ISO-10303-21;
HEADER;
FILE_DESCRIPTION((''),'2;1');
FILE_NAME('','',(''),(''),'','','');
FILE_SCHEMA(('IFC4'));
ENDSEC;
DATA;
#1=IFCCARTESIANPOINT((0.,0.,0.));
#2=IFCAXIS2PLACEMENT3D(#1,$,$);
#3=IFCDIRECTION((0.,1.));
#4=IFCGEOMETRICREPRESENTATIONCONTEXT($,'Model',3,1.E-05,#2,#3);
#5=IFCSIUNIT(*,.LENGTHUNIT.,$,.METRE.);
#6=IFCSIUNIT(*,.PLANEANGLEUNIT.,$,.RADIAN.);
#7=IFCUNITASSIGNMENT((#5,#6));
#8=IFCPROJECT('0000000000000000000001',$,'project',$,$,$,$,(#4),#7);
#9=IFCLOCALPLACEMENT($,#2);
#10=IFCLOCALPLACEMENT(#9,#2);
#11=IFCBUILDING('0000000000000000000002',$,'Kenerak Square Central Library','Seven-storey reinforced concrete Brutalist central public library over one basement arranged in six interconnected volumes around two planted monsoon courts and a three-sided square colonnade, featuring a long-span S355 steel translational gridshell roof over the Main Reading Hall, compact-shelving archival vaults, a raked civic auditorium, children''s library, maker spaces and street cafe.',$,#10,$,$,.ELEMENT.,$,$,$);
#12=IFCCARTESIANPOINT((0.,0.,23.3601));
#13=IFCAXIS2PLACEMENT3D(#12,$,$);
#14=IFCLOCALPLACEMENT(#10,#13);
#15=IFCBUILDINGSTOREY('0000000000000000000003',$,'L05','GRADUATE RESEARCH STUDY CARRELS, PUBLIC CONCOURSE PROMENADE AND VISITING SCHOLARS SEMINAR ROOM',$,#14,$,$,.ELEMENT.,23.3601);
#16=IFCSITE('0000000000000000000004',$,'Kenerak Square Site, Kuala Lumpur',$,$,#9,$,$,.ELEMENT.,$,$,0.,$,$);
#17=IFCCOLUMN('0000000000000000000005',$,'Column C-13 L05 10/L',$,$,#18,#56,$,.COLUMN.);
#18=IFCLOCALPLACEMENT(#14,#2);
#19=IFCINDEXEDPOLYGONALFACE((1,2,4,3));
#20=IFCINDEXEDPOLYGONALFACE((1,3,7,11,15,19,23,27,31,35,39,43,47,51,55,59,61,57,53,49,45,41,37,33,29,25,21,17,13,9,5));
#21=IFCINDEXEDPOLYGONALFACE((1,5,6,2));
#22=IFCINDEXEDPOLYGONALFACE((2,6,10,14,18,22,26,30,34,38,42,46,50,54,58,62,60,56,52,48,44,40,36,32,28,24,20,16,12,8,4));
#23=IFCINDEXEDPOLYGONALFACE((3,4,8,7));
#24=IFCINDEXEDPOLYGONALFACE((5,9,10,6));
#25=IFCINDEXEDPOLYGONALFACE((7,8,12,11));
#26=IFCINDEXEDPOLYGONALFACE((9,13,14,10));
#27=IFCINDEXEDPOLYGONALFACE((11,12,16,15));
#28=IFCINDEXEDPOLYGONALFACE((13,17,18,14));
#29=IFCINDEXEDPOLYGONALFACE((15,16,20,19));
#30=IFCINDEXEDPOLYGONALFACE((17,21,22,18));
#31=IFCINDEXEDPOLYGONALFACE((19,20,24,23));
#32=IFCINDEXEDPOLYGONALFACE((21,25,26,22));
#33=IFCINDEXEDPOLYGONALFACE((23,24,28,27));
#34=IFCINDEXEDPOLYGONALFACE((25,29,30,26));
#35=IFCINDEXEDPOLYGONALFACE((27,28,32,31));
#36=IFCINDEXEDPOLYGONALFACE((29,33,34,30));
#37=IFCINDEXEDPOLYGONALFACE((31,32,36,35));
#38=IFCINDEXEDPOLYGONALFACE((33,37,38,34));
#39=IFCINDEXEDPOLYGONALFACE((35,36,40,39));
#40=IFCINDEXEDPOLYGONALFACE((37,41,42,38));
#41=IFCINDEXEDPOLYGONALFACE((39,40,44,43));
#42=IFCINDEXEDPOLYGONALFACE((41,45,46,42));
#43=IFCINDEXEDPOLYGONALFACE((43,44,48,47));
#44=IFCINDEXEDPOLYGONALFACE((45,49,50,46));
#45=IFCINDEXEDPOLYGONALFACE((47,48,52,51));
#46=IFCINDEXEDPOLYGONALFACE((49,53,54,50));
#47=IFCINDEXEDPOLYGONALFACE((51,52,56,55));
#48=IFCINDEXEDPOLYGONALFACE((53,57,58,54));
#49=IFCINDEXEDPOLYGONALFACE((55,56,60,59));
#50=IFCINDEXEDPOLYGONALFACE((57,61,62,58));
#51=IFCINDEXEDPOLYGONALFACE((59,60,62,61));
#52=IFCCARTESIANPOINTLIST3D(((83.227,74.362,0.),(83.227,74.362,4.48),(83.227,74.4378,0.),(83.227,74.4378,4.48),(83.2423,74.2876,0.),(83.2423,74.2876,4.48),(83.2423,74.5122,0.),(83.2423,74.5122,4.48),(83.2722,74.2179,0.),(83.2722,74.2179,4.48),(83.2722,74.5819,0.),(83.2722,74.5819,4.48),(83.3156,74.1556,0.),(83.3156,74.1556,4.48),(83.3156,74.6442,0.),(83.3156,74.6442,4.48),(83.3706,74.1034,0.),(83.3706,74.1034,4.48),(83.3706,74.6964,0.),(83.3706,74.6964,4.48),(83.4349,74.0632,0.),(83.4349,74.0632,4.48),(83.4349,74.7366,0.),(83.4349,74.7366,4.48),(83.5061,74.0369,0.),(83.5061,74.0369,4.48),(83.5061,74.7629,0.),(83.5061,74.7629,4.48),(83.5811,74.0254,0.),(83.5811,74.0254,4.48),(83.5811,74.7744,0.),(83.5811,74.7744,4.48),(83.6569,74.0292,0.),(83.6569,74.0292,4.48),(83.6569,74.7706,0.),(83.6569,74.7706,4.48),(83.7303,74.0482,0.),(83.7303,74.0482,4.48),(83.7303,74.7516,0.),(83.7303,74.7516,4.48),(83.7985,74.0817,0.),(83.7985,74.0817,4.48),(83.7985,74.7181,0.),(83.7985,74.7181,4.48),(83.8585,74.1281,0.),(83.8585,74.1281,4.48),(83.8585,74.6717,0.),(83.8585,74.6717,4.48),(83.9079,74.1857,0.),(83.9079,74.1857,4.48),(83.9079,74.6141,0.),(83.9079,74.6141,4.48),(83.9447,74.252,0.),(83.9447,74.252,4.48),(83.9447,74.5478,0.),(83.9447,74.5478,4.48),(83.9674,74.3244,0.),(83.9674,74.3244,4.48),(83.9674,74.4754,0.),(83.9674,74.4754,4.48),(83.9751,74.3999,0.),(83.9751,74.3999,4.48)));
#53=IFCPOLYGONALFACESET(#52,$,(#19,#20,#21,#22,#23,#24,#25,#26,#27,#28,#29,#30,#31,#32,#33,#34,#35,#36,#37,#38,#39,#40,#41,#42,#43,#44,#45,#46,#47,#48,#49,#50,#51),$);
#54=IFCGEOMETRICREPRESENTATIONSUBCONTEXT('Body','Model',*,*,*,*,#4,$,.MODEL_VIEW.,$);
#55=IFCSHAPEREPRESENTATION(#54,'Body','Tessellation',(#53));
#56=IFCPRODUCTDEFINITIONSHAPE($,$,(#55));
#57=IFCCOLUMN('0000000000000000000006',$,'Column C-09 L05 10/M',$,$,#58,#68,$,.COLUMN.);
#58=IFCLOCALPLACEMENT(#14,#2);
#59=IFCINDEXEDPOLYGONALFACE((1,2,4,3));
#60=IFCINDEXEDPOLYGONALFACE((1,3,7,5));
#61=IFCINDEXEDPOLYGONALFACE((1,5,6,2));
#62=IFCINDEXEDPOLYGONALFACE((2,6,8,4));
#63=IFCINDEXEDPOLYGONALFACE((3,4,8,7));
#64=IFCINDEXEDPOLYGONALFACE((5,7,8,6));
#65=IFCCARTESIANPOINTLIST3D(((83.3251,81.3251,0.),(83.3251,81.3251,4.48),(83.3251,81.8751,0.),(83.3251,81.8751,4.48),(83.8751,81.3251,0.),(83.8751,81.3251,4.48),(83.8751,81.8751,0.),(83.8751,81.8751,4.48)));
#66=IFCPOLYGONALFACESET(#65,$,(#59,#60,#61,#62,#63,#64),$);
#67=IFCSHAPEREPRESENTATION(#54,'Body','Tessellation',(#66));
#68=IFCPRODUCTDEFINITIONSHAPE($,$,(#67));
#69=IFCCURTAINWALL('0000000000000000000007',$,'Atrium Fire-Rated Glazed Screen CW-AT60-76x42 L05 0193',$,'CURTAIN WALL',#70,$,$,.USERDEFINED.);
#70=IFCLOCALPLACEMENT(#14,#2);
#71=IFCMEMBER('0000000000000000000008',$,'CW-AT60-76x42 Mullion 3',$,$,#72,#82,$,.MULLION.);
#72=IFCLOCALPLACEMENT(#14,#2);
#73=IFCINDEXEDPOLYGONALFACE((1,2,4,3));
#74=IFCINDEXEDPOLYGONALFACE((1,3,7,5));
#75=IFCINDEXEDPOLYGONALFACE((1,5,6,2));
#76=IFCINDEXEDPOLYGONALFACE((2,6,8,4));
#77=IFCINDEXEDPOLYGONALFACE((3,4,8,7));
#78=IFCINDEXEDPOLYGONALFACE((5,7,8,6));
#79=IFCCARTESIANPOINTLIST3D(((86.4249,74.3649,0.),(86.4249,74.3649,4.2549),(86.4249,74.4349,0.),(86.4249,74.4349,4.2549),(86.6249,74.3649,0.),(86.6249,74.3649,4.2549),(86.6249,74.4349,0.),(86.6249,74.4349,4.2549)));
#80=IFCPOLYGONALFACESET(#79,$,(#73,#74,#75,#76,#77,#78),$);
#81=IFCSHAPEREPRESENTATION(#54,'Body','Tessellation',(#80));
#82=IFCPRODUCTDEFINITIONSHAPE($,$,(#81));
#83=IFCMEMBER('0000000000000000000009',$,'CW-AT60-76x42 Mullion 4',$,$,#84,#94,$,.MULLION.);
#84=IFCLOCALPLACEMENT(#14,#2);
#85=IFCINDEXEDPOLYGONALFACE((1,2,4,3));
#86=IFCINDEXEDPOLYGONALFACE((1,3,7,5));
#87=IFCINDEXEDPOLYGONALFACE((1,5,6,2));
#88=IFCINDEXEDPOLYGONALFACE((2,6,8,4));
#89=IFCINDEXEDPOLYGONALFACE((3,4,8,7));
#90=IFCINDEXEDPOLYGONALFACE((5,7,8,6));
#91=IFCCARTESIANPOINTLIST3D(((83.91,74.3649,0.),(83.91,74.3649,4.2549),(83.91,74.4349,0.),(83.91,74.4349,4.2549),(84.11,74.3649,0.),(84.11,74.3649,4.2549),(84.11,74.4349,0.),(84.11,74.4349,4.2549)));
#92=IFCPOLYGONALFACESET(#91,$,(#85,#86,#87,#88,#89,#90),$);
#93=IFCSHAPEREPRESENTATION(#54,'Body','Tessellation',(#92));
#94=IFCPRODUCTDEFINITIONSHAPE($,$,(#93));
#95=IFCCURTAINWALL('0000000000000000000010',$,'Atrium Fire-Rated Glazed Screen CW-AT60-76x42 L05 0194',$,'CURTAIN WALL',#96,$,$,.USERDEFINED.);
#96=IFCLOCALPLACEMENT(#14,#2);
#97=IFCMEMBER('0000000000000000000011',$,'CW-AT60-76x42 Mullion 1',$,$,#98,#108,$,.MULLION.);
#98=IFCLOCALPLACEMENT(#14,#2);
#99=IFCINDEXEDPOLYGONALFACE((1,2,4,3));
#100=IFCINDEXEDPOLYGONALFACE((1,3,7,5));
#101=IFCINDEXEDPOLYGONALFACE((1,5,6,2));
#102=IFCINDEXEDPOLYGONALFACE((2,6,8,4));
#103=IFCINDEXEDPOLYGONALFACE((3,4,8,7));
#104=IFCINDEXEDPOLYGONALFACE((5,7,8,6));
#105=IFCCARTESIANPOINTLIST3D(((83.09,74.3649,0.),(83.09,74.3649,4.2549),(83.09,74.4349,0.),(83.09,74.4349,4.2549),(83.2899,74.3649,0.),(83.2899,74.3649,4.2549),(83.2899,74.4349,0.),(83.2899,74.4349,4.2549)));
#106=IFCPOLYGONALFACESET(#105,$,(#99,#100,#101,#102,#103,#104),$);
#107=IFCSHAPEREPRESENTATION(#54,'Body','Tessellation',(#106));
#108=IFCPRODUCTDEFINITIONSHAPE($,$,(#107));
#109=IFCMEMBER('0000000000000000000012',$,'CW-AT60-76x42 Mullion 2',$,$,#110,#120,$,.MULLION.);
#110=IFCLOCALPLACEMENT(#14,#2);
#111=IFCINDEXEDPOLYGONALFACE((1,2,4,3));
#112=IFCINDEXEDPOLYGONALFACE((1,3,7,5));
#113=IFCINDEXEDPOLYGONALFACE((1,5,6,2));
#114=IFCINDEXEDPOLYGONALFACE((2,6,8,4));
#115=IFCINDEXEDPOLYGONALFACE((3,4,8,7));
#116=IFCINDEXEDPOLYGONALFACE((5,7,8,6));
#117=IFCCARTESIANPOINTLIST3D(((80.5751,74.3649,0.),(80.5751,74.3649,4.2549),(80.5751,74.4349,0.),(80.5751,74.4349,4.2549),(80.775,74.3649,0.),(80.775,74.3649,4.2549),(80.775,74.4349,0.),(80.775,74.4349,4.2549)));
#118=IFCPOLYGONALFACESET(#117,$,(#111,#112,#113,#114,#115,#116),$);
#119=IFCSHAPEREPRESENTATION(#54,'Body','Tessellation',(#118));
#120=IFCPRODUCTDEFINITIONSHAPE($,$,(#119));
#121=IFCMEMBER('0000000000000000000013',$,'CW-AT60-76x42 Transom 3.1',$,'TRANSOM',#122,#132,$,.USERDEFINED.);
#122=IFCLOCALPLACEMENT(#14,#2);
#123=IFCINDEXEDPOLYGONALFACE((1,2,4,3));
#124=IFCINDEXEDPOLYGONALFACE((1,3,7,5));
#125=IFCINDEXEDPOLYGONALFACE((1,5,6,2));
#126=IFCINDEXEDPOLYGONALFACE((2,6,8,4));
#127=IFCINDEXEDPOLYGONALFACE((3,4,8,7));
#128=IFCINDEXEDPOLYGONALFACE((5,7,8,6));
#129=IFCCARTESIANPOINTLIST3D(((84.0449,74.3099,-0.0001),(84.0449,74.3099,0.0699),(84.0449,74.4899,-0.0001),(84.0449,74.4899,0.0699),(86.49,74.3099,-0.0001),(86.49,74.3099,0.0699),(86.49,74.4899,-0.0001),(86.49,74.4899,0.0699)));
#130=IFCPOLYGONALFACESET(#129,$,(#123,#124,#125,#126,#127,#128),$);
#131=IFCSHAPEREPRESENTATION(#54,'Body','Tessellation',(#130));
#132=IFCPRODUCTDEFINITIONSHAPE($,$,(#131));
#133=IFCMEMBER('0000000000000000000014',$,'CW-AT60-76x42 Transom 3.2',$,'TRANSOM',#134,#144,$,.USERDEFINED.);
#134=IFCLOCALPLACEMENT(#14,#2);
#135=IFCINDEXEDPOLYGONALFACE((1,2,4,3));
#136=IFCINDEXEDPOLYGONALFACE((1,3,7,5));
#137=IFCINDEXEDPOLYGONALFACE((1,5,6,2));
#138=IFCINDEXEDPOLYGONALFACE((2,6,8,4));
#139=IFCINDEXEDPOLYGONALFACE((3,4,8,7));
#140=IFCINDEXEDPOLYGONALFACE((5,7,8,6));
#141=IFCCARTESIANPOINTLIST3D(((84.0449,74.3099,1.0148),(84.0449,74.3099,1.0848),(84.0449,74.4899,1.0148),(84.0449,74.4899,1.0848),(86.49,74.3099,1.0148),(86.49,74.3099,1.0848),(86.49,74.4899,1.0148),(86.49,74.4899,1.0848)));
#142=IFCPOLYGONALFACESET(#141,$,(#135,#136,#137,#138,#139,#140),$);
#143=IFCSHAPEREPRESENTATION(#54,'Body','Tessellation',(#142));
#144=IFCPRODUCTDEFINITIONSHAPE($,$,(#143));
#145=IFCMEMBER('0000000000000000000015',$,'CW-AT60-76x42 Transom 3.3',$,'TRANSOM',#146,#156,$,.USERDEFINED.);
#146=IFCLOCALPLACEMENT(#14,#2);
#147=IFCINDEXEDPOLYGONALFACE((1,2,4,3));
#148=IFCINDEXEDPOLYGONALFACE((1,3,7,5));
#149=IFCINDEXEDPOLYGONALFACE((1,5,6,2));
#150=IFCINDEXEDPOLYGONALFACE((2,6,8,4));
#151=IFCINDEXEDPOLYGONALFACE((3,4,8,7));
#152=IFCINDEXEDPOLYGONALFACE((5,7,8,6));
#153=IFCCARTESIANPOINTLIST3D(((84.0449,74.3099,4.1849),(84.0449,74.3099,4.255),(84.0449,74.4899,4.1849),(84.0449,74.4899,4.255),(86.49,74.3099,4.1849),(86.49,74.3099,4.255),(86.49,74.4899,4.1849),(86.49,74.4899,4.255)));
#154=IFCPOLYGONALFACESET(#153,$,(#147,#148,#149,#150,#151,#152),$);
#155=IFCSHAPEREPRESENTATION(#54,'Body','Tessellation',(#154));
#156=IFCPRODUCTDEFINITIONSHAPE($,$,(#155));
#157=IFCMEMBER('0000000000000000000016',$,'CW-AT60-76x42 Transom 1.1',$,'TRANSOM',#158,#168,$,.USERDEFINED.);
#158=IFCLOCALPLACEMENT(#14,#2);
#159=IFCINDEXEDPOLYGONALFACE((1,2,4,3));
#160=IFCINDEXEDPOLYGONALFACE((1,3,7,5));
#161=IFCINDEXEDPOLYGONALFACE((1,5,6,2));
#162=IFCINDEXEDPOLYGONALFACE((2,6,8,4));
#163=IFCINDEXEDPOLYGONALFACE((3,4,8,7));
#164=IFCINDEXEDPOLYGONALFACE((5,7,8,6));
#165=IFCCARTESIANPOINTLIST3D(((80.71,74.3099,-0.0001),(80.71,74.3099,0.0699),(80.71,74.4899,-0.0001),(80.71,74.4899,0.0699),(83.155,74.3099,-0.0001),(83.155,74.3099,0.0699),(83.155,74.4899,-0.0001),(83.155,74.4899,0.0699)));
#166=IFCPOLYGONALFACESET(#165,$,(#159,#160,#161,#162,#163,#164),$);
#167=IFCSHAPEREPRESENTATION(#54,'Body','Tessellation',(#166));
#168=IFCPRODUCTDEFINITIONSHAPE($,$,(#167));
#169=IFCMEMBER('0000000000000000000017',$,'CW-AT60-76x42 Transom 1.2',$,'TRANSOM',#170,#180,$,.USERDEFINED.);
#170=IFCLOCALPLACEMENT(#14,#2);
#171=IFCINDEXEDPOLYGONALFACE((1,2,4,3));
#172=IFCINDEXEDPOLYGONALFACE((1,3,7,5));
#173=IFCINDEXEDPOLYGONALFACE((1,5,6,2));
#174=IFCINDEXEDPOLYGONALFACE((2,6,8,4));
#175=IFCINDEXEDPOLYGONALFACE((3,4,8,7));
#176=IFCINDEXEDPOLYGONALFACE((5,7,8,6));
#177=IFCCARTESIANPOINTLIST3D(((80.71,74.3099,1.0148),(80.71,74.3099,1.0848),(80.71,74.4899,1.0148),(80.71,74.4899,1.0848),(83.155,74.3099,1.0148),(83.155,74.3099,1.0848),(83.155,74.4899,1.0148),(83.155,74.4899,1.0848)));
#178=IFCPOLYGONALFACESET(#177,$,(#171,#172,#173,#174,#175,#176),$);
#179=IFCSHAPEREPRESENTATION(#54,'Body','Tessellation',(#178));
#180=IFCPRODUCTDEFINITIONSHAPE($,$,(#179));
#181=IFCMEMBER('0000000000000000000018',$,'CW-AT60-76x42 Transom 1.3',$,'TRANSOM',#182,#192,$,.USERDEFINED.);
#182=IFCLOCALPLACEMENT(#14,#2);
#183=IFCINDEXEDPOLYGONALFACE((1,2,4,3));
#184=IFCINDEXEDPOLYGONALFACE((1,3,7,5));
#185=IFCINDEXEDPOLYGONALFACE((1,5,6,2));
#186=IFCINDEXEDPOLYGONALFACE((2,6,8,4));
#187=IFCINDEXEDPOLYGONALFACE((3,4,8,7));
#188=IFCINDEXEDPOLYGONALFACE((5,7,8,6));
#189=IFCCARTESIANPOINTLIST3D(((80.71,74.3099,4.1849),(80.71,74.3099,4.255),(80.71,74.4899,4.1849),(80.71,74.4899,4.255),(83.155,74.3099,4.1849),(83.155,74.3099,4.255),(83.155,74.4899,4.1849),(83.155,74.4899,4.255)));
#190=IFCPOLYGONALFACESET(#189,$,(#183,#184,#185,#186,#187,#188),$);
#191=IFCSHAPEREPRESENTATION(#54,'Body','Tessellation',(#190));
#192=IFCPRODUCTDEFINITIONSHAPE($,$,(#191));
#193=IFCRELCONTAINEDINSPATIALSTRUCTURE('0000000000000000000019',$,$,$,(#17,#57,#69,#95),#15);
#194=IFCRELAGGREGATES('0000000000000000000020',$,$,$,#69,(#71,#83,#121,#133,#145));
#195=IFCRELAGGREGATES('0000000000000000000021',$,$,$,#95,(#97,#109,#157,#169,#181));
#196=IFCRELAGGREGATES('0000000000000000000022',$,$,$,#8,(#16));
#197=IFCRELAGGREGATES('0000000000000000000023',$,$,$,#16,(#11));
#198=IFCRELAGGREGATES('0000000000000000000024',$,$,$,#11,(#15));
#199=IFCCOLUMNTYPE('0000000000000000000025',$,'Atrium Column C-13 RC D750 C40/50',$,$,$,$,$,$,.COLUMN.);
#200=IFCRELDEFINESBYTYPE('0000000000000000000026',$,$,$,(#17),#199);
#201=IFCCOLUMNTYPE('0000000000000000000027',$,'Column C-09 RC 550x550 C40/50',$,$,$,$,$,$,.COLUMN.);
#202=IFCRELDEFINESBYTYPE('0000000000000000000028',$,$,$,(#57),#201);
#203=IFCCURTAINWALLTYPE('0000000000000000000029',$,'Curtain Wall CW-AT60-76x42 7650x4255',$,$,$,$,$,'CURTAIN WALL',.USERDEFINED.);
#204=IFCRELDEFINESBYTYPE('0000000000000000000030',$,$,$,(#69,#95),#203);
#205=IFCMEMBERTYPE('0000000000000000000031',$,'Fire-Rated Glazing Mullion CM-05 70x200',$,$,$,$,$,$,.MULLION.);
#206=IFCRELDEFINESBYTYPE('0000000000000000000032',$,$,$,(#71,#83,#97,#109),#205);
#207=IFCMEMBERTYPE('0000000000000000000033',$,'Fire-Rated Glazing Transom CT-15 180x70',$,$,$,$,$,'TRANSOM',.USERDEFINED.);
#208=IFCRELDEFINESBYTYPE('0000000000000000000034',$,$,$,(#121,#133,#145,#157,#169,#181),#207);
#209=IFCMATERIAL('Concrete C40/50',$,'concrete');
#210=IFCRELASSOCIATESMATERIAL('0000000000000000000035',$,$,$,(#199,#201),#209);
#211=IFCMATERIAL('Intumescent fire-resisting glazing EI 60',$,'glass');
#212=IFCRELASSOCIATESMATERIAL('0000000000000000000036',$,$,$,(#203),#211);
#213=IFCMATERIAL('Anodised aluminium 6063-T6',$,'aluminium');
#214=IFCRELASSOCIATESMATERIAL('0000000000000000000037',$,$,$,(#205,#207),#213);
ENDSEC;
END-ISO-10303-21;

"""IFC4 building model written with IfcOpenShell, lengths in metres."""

from ifc_helpers import new_model, si_unit, direction, frame, origin, origin_2d, place, context, subcontext, project, spatial, rectangle, circle, extrude, material, material_profile, profile_set, type_object, element, aggregate, save


model = new_model("IFC4")

# Units and contexts
model_context = context("Model", 3, precision=1e-05, world=origin(), true_north=direction((0.0, 1.0)))
body_context = subcontext(model_context, "Body", "Model", "MODEL_VIEW")
ifc_project = project(units=[si_unit("LENGTHUNIT", "METRE"), si_unit("PLANEANGLEUNIT", "RADIAN")], contexts=[model_context])

# Site, building, storey
site_placement = place(None, origin())
site = spatial("IfcSite", under=ifc_project, at=site_placement, Name="Kenerak Square Site, Kuala Lumpur", CompositionType="ELEMENT", RefElevation=0.0)
building_placement = place(site_placement, origin())
building = spatial("IfcBuilding", under=site, at=building_placement, Name="Kenerak Square Central Library", Description="Seven-storey reinforced concrete Brutalist central public library over one basement arranged in six interconnected volumes around two planted monsoon courts and a three-sided square colonnade, featuring a long-span S355 steel translational gridshell roof over the Main Reading Hall, compact-shelving archival vaults, a raked civic auditorium, children's library, maker spaces and street cafe.", CompositionType="ELEMENT")
storey_placement = place(building_placement, frame((0.0, 0.0, 23.3601)))
storey = spatial("IfcBuildingStorey", under=building, at=storey_placement, Name="L05", Description="GRADUATE RESEARCH STUDY CARRELS, PUBLIC CONCOURSE PROMENADE AND VISITING SCHOLARS SEMINAR ROOM", CompositionType="ELEMENT", Elevation=23.3601)

# Columns
ifc_material_1 = material(Name="Concrete C40/50", Category="concrete")
ifc_material_profile_1 = material_profile(ifc_material_1, circle(Radius=0.375, at=origin_2d()), Name="RC D750")
ifc_profile_set_1 = profile_set([ifc_material_profile_1], Name="Concrete C40/50")
column_type_1 = type_object("IfcColumnType", Name="Atrium Column C-13 RC D750 C40/50", PredefinedType="COLUMN", material=ifc_profile_set_1)
column_1_placement = place(storey_placement, frame((83.6001, 74.3999, 0.0), z_axis=(0.0, 0.0, 1.0), x_axis=(1.0, 0.0, 0.0)))
element("IfcColumn", 1, at=column_1_placement, inside=storey, type_object=column_type_1, Name="Column C-13 L05 10/L", PredefinedType="COLUMN", context=body_context, shape_type="SweptSolid", body=[
    extrude(circle(Radius=0.375, at=origin_2d()), origin(), (0.0, 0.0, 1.0), 4.48),
])
ifc_material_profile_2 = material_profile(ifc_material_1, rectangle(XDim=0.55, YDim=0.55, at=origin_2d()), Name="RC 550x550")
ifc_profile_set_2 = profile_set([ifc_material_profile_2], Name="Concrete C40/50")
column_type_2 = type_object("IfcColumnType", Name="Column C-09 RC 550x550 C40/50", PredefinedType="COLUMN", material=ifc_profile_set_2)
column_2_placement = place(storey_placement, frame((83.6001, 81.6001, 0.0), z_axis=(0.0, 0.0, 1.0), x_axis=(1.0, 0.0, 0.0)))
element("IfcColumn", 2, at=column_2_placement, inside=storey, type_object=column_type_2, Name="Column C-09 L05 10/M", PredefinedType="COLUMN", context=body_context, shape_type="SweptSolid", body=[
    extrude(rectangle(XDim=0.55, YDim=0.55, at=origin_2d()), origin(), (0.0, 0.0, 1.0), 4.48),
])

# Curtain walls, members
ifc_material_2 = material(Name="Intumescent fire-resisting glazing EI 60", Category="glass")
curtain_wall_type = type_object("IfcCurtainWallType", Name="Curtain Wall CW-AT60-76x42 7650x4255", ElementType="CURTAIN WALL", PredefinedType="USERDEFINED", material=ifc_material_2)
curtain_wall_1_placement = place(storey_placement, origin())
curtain_wall_1 = element("IfcCurtainWall", 3, at=curtain_wall_1_placement, inside=storey, type_object=curtain_wall_type, Name="Atrium Fire-Rated Glazed Screen CW-AT60-76x42 L05 0193", ObjectType="CURTAIN WALL", PredefinedType="USERDEFINED")
ifc_material_3 = material(Name="Anodised aluminium 6063-T6", Category="aluminium")
ifc_material_profile_3 = material_profile(ifc_material_3, rectangle(XDim=0.0701, YDim=0.2, at=origin_2d()), Name="AL MULLION 70x200")
ifc_profile_set_3 = profile_set([ifc_material_profile_3], Name="Anodised aluminium 6063-T6")
member_type_1 = type_object("IfcMemberType", Name="Fire-Rated Glazing Mullion CM-05 70x200", PredefinedType="MULLION", material=ifc_profile_set_3)
member_1_placement = place(storey_placement, frame((86.5249, 74.3999, 0.0), z_axis=(0.0, 0.0, 1.0), x_axis=(0.0, -1.0, 0.0)))
member_1 = element("IfcMember", 4, at=member_1_placement, type_object=member_type_1, Name="CW-AT60-76x42 Mullion 3", PredefinedType="MULLION", context=body_context, shape_type="SweptSolid", body=[
    extrude(rectangle(XDim=0.0701, YDim=0.2, at=origin_2d()), origin(), (0.0, 0.0, 1.0), 4.2549),
])
member_2_placement = place(storey_placement, frame((84.01, 74.3999, 0.0), z_axis=(0.0, 0.0, 1.0), x_axis=(0.0, -1.0, 0.0)))
member_2 = element("IfcMember", 5, at=member_2_placement, type_object=member_type_1, Name="CW-AT60-76x42 Mullion 4", PredefinedType="MULLION", context=body_context, shape_type="SweptSolid", body=[
    extrude(rectangle(XDim=0.0701, YDim=0.2, at=origin_2d()), origin(), (0.0, 0.0, 1.0), 4.2549),
])
curtain_wall_2_placement = place(storey_placement, origin())
curtain_wall_2 = element("IfcCurtainWall", 6, at=curtain_wall_2_placement, inside=storey, type_object=curtain_wall_type, Name="Atrium Fire-Rated Glazed Screen CW-AT60-76x42 L05 0194", ObjectType="CURTAIN WALL", PredefinedType="USERDEFINED")
member_3_placement = place(storey_placement, frame((83.1899, 74.3999, 0.0), z_axis=(0.0, 0.0, 1.0), x_axis=(0.0, -1.0, 0.0)))
member_3 = element("IfcMember", 7, at=member_3_placement, type_object=member_type_1, Name="CW-AT60-76x42 Mullion 1", PredefinedType="MULLION", context=body_context, shape_type="SweptSolid", body=[
    extrude(rectangle(XDim=0.0701, YDim=0.2, at=origin_2d()), origin(), (0.0, 0.0, 1.0), 4.2549),
])
member_4_placement = place(storey_placement, frame((80.675, 74.3999, 0.0), z_axis=(0.0, 0.0, 1.0), x_axis=(0.0, -1.0, 0.0)))
member_4 = element("IfcMember", 8, at=member_4_placement, type_object=member_type_1, Name="CW-AT60-76x42 Mullion 2", PredefinedType="MULLION", context=body_context, shape_type="SweptSolid", body=[
    extrude(rectangle(XDim=0.0701, YDim=0.2, at=origin_2d()), origin(), (0.0, 0.0, 1.0), 4.2549),
])

# Members
ifc_material_profile_4 = material_profile(ifc_material_3, rectangle(XDim=0.1799, YDim=0.0701, at=origin_2d()), Name="AL TRANSOM 180x70")
ifc_profile_set_4 = profile_set([ifc_material_profile_4], Name="Anodised aluminium 6063-T6")
member_type_2 = type_object("IfcMemberType", Name="Fire-Rated Glazing Transom CT-15 180x70", ElementType="TRANSOM", PredefinedType="USERDEFINED", material=ifc_profile_set_4)
member_5_placement = place(storey_placement, frame((86.49, 74.3999, 0.0349), z_axis=(-1.0, 0.0, 0.0), x_axis=(0.0, -1.0, 0.0)))
member_5 = element("IfcMember", 9, at=member_5_placement, type_object=member_type_2, Name="CW-AT60-76x42 Transom 3.1", ObjectType="TRANSOM", PredefinedType="USERDEFINED", context=body_context, shape_type="SweptSolid", body=[
    extrude(rectangle(XDim=0.1799, YDim=0.0701, at=origin_2d()), origin(), (0.0, 0.0, 1.0), 2.4451),
])
member_6_placement = place(storey_placement, frame((86.49, 74.3999, 1.0498), z_axis=(-1.0, 0.0, 0.0), x_axis=(0.0, -1.0, 0.0)))
member_6 = element("IfcMember", 10, at=member_6_placement, type_object=member_type_2, Name="CW-AT60-76x42 Transom 3.2", ObjectType="TRANSOM", PredefinedType="USERDEFINED", context=body_context, shape_type="SweptSolid", body=[
    extrude(rectangle(XDim=0.1799, YDim=0.0701, at=origin_2d()), origin(), (0.0, 0.0, 1.0), 2.4451),
])
member_7_placement = place(storey_placement, frame((86.49, 74.3999, 4.22), z_axis=(-1.0, 0.0, 0.0), x_axis=(0.0, -1.0, 0.0)))
member_7 = element("IfcMember", 11, at=member_7_placement, type_object=member_type_2, Name="CW-AT60-76x42 Transom 3.3", ObjectType="TRANSOM", PredefinedType="USERDEFINED", context=body_context, shape_type="SweptSolid", body=[
    extrude(rectangle(XDim=0.1799, YDim=0.0701, at=origin_2d()), origin(), (0.0, 0.0, 1.0), 2.4451),
])
member_8_placement = place(storey_placement, frame((83.155, 74.3999, 0.0349), z_axis=(-1.0, 0.0, 0.0), x_axis=(0.0, -1.0, 0.0)))
member_8 = element("IfcMember", 12, at=member_8_placement, type_object=member_type_2, Name="CW-AT60-76x42 Transom 1.1", ObjectType="TRANSOM", PredefinedType="USERDEFINED", context=body_context, shape_type="SweptSolid", body=[
    extrude(rectangle(XDim=0.1799, YDim=0.0701, at=origin_2d()), origin(), (0.0, 0.0, 1.0), 2.4451),
])
member_9_placement = place(storey_placement, frame((83.155, 74.3999, 1.0498), z_axis=(-1.0, 0.0, 0.0), x_axis=(0.0, -1.0, 0.0)))
member_9 = element("IfcMember", 13, at=member_9_placement, type_object=member_type_2, Name="CW-AT60-76x42 Transom 1.2", ObjectType="TRANSOM", PredefinedType="USERDEFINED", context=body_context, shape_type="SweptSolid", body=[
    extrude(rectangle(XDim=0.1799, YDim=0.0701, at=origin_2d()), origin(), (0.0, 0.0, 1.0), 2.4451),
])
member_10_placement = place(storey_placement, frame((83.155, 74.3999, 4.22), z_axis=(-1.0, 0.0, 0.0), x_axis=(0.0, -1.0, 0.0)))
member_10 = element("IfcMember", 14, at=member_10_placement, type_object=member_type_2, Name="CW-AT60-76x42 Transom 1.3", ObjectType="TRANSOM", PredefinedType="USERDEFINED", context=body_context, shape_type="SweptSolid", body=[
    extrude(rectangle(XDim=0.1799, YDim=0.0701, at=origin_2d()), origin(), (0.0, 0.0, 1.0), 2.4451),
])

aggregate(curtain_wall_1, [member_1, member_2, member_5, member_6, member_7])
aggregate(curtain_wall_2, [member_3, member_4, member_8, member_9, member_10])

save(model, "model.ifc")
